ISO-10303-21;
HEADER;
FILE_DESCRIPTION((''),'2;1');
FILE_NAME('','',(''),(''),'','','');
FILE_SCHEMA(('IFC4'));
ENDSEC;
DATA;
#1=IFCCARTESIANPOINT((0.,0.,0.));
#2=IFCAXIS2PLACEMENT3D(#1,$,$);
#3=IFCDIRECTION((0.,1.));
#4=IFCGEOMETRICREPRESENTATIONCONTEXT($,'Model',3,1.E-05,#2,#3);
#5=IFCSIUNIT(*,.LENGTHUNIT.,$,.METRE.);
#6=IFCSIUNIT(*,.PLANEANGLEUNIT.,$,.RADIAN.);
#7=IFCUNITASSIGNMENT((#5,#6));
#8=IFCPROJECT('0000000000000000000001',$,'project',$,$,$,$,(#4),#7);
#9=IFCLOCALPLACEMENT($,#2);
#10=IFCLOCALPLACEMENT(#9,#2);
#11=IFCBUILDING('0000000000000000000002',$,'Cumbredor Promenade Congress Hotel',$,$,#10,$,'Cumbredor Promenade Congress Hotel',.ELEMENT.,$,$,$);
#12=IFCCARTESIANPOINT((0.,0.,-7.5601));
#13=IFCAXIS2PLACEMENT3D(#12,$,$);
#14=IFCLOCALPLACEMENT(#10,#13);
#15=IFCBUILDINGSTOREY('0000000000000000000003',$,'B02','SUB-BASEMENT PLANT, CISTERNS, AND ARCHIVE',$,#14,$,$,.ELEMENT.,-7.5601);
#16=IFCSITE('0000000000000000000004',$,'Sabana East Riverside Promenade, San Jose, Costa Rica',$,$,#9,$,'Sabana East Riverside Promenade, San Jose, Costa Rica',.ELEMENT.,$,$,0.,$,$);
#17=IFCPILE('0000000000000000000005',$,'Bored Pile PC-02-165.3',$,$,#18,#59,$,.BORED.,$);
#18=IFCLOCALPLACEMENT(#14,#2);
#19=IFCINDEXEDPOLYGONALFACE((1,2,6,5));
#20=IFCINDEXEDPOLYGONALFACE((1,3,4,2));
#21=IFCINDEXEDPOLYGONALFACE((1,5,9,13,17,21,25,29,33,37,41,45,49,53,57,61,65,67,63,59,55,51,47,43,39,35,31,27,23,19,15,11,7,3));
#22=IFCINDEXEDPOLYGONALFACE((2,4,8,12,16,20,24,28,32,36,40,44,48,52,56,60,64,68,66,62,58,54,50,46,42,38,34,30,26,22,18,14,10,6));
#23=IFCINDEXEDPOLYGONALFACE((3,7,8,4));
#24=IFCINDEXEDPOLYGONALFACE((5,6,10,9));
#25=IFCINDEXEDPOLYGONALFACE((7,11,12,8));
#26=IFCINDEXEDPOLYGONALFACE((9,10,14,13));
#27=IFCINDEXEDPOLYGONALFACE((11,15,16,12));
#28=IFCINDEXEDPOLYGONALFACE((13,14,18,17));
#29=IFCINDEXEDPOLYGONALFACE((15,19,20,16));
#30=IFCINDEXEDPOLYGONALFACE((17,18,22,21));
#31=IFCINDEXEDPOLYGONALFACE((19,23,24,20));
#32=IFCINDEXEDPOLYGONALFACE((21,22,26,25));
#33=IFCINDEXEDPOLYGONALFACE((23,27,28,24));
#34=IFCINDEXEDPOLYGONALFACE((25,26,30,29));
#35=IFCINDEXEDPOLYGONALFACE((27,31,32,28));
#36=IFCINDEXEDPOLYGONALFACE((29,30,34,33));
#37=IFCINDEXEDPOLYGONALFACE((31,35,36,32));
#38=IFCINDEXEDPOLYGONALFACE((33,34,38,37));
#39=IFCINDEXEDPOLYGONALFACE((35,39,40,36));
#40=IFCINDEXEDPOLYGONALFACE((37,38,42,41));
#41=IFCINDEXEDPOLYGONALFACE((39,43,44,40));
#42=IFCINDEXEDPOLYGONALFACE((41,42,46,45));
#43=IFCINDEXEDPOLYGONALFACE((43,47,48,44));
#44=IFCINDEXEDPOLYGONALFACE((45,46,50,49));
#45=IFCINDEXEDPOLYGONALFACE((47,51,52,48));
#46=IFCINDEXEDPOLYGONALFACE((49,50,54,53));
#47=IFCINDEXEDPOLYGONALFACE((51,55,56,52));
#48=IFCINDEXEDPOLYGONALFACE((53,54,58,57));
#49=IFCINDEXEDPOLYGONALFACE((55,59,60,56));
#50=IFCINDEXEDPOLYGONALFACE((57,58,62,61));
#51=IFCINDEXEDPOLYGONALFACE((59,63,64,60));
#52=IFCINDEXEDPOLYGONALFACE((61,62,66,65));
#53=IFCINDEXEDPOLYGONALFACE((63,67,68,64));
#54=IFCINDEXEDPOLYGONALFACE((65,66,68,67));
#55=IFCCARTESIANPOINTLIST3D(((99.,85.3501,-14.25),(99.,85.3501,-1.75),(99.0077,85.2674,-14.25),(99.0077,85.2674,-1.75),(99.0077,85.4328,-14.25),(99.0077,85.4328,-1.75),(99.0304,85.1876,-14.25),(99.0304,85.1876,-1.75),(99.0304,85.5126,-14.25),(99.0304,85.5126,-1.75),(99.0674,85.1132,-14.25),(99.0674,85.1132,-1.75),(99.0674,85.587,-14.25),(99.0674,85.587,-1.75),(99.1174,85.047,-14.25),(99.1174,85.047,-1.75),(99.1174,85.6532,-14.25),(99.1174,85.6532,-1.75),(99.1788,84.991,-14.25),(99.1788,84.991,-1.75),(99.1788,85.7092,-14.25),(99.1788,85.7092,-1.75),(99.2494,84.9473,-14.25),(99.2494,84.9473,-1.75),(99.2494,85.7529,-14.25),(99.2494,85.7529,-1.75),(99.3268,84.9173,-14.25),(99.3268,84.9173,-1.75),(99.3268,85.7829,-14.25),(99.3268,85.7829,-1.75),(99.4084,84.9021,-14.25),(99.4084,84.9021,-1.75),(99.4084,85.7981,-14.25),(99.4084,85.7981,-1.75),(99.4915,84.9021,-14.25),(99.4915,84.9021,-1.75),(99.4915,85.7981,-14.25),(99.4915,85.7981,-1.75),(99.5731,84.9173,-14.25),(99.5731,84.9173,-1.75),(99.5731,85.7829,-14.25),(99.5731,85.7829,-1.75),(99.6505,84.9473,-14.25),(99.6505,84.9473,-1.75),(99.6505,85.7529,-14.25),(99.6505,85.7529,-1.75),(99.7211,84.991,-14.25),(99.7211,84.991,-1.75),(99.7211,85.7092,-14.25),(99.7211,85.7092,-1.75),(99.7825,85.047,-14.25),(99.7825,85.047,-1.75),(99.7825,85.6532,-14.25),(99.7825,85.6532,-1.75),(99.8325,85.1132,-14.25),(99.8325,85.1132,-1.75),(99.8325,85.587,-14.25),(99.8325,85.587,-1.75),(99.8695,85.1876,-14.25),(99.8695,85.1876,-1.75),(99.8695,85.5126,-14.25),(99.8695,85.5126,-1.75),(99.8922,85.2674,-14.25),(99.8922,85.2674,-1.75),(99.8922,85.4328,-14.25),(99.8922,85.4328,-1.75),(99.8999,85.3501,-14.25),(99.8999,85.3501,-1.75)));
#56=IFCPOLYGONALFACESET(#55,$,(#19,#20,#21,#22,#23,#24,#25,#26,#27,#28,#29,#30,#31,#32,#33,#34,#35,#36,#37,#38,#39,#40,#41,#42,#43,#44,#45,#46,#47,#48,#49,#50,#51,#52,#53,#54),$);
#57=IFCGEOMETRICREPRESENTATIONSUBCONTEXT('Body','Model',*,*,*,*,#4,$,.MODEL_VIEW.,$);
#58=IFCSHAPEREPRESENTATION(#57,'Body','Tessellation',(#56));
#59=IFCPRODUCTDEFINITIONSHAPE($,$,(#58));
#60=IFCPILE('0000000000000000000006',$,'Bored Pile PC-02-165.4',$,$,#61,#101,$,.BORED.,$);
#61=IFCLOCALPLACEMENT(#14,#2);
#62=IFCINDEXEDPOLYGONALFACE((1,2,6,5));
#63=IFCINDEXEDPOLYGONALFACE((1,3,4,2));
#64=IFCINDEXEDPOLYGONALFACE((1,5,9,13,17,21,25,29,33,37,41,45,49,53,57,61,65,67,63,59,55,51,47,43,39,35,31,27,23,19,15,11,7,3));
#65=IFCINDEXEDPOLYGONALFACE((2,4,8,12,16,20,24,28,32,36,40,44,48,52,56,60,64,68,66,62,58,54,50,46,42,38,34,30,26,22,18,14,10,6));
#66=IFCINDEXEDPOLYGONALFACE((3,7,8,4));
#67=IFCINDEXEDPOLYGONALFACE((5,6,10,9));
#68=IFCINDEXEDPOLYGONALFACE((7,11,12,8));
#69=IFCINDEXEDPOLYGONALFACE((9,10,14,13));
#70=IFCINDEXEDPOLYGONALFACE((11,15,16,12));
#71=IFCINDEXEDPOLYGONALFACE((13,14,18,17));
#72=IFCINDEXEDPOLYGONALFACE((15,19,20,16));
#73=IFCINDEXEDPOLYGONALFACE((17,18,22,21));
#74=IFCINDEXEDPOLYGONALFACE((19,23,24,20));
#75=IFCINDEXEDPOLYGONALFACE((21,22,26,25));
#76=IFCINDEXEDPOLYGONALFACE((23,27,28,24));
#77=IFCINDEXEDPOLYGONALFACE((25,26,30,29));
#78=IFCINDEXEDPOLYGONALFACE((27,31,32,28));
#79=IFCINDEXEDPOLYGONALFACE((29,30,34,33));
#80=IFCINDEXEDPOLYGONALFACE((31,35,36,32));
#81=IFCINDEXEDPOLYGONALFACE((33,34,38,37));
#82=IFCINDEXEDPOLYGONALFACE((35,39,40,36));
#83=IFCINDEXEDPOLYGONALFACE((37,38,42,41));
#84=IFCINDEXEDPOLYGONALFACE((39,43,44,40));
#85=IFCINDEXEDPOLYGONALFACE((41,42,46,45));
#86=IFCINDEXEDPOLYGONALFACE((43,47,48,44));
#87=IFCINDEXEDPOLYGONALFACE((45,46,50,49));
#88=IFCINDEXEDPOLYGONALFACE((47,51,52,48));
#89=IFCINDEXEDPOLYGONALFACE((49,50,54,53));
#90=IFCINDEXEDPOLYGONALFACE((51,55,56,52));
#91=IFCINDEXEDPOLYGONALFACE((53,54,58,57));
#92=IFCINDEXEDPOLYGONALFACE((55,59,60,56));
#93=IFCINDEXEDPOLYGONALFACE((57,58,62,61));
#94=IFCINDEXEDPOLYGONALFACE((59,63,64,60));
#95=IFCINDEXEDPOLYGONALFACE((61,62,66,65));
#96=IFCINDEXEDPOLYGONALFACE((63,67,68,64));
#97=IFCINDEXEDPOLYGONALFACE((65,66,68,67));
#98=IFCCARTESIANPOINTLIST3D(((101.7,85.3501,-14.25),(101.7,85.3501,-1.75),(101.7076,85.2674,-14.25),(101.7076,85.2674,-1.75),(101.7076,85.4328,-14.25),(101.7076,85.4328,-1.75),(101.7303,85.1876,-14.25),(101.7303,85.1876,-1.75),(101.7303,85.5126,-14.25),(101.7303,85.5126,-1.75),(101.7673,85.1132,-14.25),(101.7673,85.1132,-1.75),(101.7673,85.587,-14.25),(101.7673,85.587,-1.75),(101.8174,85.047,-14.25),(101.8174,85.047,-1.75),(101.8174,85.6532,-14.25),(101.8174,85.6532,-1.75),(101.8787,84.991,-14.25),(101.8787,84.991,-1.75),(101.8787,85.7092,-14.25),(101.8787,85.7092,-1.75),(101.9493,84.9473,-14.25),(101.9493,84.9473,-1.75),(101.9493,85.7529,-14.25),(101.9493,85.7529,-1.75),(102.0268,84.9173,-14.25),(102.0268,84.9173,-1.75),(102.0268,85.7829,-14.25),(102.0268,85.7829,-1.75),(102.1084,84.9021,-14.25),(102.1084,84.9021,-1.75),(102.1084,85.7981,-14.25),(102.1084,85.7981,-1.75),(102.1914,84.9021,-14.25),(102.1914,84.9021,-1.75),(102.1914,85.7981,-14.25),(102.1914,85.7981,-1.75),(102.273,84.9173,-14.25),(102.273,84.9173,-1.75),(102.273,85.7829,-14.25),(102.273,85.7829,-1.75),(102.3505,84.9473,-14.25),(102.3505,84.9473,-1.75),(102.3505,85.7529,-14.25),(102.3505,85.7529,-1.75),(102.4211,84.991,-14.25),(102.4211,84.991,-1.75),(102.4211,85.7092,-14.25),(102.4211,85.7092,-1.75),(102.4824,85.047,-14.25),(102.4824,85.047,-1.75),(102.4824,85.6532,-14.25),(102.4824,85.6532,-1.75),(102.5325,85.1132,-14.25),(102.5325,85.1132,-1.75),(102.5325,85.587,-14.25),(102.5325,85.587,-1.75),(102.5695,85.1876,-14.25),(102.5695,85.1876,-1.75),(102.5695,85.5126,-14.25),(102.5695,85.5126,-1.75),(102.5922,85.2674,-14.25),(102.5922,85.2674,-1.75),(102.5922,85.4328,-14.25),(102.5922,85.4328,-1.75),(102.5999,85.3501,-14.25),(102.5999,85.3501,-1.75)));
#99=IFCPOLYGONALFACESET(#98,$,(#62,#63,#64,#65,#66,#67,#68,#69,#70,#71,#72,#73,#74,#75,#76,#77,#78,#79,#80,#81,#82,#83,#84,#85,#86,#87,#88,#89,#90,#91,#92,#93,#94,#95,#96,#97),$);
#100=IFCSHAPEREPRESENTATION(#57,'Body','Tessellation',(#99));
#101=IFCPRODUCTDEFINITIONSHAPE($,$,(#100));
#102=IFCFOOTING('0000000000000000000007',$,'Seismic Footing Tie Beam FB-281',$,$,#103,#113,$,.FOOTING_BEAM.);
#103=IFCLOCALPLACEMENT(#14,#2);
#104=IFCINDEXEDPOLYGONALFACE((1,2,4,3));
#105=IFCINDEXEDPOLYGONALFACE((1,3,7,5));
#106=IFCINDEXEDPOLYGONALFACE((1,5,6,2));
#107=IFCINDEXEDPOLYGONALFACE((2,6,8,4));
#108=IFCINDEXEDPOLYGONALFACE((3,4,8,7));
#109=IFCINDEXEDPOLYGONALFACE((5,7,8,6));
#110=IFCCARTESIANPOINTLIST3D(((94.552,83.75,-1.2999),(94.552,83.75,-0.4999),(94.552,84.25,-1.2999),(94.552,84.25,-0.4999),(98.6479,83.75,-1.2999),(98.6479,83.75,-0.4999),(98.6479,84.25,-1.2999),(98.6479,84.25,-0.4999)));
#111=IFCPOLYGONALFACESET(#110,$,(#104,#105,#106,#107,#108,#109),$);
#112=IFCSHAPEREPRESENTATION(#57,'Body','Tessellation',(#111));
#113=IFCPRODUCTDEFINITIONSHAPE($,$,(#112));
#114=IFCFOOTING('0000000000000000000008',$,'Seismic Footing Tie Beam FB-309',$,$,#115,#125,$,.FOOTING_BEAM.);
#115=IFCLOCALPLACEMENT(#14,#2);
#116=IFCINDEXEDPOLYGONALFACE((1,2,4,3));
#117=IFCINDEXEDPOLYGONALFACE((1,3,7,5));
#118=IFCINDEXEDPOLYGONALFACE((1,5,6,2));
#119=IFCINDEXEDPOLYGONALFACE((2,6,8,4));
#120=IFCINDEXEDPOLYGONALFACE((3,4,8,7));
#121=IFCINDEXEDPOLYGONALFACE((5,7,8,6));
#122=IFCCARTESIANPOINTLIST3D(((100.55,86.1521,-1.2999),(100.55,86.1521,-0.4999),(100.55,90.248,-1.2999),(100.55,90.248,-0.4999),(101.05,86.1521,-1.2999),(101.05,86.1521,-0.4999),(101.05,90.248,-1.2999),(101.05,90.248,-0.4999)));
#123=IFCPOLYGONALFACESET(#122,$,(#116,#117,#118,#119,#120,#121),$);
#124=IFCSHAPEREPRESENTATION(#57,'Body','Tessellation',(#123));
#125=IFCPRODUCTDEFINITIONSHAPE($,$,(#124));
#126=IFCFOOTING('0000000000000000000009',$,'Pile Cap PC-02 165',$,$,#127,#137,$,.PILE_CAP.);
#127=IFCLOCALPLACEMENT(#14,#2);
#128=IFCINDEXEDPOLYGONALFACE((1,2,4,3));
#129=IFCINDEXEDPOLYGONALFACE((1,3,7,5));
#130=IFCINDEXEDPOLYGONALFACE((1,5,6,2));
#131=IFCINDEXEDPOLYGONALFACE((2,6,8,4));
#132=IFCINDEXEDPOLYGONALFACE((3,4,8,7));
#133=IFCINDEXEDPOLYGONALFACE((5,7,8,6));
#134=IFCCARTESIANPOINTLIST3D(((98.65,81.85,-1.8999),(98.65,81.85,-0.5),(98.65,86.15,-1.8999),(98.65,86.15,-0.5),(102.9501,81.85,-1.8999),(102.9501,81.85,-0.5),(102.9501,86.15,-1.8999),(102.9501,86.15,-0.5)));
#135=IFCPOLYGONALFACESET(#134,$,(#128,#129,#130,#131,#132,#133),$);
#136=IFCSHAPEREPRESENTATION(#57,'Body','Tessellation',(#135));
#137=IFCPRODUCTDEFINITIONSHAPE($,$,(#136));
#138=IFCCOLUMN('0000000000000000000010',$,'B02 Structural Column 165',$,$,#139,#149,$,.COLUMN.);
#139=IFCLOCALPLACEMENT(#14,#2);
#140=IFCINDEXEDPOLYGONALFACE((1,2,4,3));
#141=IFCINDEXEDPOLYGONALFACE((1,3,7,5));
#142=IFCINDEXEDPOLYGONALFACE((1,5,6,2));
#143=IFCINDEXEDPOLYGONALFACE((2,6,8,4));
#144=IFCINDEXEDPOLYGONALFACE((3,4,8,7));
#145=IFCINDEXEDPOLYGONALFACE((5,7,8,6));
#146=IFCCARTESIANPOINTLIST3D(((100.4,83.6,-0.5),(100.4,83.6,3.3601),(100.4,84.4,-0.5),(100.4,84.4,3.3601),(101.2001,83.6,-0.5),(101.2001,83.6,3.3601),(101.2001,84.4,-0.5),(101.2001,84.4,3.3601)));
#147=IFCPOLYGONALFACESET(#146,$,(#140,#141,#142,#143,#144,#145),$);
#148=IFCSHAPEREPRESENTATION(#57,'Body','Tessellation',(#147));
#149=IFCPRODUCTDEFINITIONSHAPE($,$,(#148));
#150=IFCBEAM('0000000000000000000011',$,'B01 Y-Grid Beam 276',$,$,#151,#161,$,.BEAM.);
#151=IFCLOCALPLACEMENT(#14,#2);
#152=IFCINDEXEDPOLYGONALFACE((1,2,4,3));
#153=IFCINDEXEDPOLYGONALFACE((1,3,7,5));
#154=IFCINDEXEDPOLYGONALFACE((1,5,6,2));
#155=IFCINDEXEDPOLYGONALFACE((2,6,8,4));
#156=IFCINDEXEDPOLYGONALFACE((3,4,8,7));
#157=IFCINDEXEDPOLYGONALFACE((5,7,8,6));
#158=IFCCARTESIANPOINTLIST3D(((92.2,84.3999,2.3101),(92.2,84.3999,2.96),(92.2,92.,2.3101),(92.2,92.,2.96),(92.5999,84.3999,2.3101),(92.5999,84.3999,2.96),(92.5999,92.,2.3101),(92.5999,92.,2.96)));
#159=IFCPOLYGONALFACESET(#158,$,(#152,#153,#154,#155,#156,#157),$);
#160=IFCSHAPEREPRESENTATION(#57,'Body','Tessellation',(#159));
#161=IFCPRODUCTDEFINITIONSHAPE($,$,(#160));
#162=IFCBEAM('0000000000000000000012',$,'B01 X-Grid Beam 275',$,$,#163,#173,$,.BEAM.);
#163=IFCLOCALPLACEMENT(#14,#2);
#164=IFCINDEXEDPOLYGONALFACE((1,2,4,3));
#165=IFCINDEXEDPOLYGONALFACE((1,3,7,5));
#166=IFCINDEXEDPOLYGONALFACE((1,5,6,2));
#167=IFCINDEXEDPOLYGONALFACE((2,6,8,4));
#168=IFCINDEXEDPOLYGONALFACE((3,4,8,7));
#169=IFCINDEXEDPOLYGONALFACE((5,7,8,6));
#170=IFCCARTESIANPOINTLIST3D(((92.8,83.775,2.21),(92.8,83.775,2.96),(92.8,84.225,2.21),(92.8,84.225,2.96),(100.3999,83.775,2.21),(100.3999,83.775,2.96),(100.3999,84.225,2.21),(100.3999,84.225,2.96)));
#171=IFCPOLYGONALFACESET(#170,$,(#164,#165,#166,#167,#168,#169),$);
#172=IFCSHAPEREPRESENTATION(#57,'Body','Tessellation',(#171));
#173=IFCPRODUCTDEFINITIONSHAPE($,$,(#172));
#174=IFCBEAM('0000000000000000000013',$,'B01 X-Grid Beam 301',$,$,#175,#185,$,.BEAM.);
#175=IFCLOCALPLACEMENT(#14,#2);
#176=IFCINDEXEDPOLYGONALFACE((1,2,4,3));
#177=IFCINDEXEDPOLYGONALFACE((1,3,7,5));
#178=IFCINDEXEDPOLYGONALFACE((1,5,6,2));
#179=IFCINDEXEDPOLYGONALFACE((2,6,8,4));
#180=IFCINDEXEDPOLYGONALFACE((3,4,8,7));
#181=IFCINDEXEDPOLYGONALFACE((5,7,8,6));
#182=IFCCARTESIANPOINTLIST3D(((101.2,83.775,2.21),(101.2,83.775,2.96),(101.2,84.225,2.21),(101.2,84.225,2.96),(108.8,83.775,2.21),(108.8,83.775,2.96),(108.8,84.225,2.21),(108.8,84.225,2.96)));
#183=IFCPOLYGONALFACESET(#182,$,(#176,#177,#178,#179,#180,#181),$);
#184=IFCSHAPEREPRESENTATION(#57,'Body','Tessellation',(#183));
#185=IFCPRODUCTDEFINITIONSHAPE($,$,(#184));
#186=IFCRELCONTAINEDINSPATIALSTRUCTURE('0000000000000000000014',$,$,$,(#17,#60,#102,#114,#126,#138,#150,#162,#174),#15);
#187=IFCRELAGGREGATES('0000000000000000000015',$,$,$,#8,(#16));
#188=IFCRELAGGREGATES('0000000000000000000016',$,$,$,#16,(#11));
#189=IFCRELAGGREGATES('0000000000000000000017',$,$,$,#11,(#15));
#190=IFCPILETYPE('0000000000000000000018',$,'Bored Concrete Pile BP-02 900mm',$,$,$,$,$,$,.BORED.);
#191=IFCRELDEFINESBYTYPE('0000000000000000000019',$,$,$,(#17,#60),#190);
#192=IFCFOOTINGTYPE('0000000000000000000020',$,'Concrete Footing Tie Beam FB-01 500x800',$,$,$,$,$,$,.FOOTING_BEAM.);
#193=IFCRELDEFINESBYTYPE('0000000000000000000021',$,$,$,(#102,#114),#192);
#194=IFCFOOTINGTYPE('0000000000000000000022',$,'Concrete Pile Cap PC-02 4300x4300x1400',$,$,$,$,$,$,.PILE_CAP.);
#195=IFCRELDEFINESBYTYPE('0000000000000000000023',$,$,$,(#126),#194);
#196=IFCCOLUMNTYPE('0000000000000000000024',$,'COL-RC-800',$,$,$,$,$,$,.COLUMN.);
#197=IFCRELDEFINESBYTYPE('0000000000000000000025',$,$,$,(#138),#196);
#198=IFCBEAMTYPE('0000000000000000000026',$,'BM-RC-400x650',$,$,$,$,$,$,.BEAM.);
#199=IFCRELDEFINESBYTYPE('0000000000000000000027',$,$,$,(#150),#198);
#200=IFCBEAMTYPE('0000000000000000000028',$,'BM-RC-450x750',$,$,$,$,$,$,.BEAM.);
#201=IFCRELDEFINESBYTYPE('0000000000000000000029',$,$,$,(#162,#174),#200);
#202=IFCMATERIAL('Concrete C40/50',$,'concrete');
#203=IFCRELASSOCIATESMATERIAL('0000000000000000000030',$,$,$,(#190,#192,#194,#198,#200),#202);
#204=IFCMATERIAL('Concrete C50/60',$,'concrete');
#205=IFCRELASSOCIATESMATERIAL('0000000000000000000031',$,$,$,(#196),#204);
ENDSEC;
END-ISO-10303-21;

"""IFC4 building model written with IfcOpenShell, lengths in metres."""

from ifc_helpers import new_model, si_unit, direction, frame, origin, origin_2d, place, context, subcontext, project, spatial, rectangle, circle, extrude, material, material_profile, profile_set, type_object, element, save


model = new_model("IFC4")

# Units and contexts
model_context = context("Model", 3, precision=1e-05, world=origin(), true_north=direction((0.0, 1.0)))
body_context = subcontext(model_context, "Body", "Model", "MODEL_VIEW")
ifc_project = project(units=[si_unit("LENGTHUNIT", "METRE"), si_unit("PLANEANGLEUNIT", "RADIAN")], contexts=[model_context])

# Site, building, storey
site_placement = place(None, origin())
site = spatial("IfcSite", under=ifc_project, at=site_placement, Name="Sabana East Riverside Promenade, San Jose, Costa Rica", LongName="Sabana East Riverside Promenade, San Jose, Costa Rica", CompositionType="ELEMENT", RefElevation=0.0)
building_placement = place(site_placement, origin())
building = spatial("IfcBuilding", under=site, at=building_placement, Name="Cumbredor Promenade Congress Hotel", LongName="Cumbredor Promenade Congress Hotel", CompositionType="ELEMENT")
storey_placement = place(building_placement, frame((0.0, 0.0, -7.5601)))
storey = spatial("IfcBuildingStorey", under=building, at=storey_placement, Name="B02", Description="SUB-BASEMENT PLANT, CISTERNS, AND ARCHIVE", CompositionType="ELEMENT", Elevation=-7.5601)

# Piles
ifc_material_1 = material(Name="Concrete C40/50", Category="concrete")
ifc_material_profile_1 = material_profile(ifc_material_1, circle(Radius=0.45, at=origin_2d()), Name="PILE D900")
ifc_profile_set_1 = profile_set([ifc_material_profile_1], Name="Concrete C40/50")
pile_type = type_object("IfcPileType", Name="Bored Concrete Pile BP-02 900mm", PredefinedType="BORED", material=ifc_profile_set_1)
for number, where, z_axis, x_axis, name in (
    (1, (99.45, 85.3501, -1.75), (0.0, 0.0, -1.0), (1.0, 0.0, 0.0), "Bored Pile PC-02-165.3"),
    (2, (102.1499, 85.3501, -1.75), (0.0, 0.0, -1.0), (1.0, 0.0, 0.0), "Bored Pile PC-02-165.4"),
):
    element("IfcPile", number, at=place(storey_placement, frame(where, z_axis=z_axis, x_axis=x_axis)), inside=storey, type_object=pile_type, Name=name, PredefinedType="BORED", context=body_context, shape_type="SweptSolid", body=[
        extrude(circle(Radius=0.45, at=origin_2d()), origin(), (0.0, 0.0, 1.0), 12.5),
    ])

# Footings
ifc_material_profile_2 = material_profile(ifc_material_1, rectangle(XDim=0.5, YDim=0.8, at=origin_2d()), Name="FB 500x800")
ifc_profile_set_2 = profile_set([ifc_material_profile_2], Name="Concrete C40/50")
footing_type_1 = type_object("IfcFootingType", Name="Concrete Footing Tie Beam FB-01 500x800", PredefinedType="FOOTING_BEAM", material=ifc_profile_set_2)
for number, where, z_axis, x_axis, name in (
    (3, (94.552, 84.0, -0.8999), (1.0, 0.0, 0.0), (0.0, 1.0, 0.0), "Seismic Footing Tie Beam FB-281"),
    (4, (100.8, 86.1521, -0.8999), (0.0, 1.0, 0.0), (-1.0, 0.0, 0.0), "Seismic Footing Tie Beam FB-309"),
):
    element("IfcFooting", number, at=place(storey_placement, frame(where, z_axis=z_axis, x_axis=x_axis)), inside=storey, type_object=footing_type_1, Name=name, PredefinedType="FOOTING_BEAM", context=body_context, shape_type="SweptSolid", body=[
        extrude(rectangle(XDim=0.5, YDim=0.8, at=origin_2d()), origin(), (0.0, 0.0, 1.0), 4.0959),
    ])
footing_type_2 = type_object("IfcFootingType", Name="Concrete Pile Cap PC-02 4300x4300x1400", PredefinedType="PILE_CAP", material=ifc_material_1)
footing_placement = place(storey_placement, frame((100.8, 84.0, -1.8999), z_axis=(0.0, 0.0, 1.0), x_axis=(1.0, 0.0, 0.0)))
element("IfcFooting", 5, at=footing_placement, inside=storey, type_object=footing_type_2, Name="Pile Cap PC-02 165", PredefinedType="PILE_CAP", context=body_context, shape_type="SweptSolid", body=[
    extrude(rectangle(XDim=4.3, YDim=4.3, at=origin_2d()), origin(), (0.0, 0.0, 1.0), 1.3999),
])

# Column
ifc_material_2 = material(Name="Concrete C50/60", Category="concrete")
ifc_material_profile_3 = material_profile(ifc_material_2, rectangle(XDim=0.8, YDim=0.8, at=origin_2d()), Name="RC 800x800")
ifc_profile_set_3 = profile_set([ifc_material_profile_3], Name="Concrete C50/60")
column_type = type_object("IfcColumnType", Name="COL-RC-800", PredefinedType="COLUMN", material=ifc_profile_set_3)
column_placement = place(storey_placement, frame((100.8, 84.0, -0.5), z_axis=(0.0, 0.0, 1.0), x_axis=(1.0, 0.0, 0.0)))
element("IfcColumn", 6, at=column_placement, inside=storey, type_object=column_type, Name="B02 Structural Column 165", PredefinedType="COLUMN", context=body_context, shape_type="SweptSolid", body=[
    extrude(rectangle(XDim=0.8, YDim=0.8, at=origin_2d()), origin(), (0.0, 0.0, 1.0), 3.8601),
])

# Beams
ifc_material_profile_4 = material_profile(ifc_material_1, rectangle(XDim=0.3999, YDim=0.6499, at=origin_2d()), Name="RC BEAM 400x650")
ifc_profile_set_4 = profile_set([ifc_material_profile_4], Name="Concrete C40/50")
beam_type_1 = type_object("IfcBeamType", Name="BM-RC-400x650", PredefinedType="BEAM", material=ifc_profile_set_4)
beam_1_placement = place(storey_placement, frame((92.3999, 84.3999, 2.635), z_axis=(0.0, 1.0, 0.0), x_axis=(-1.0, 0.0, 0.0)))
element("IfcBeam", 7, at=beam_1_placement, inside=storey, type_object=beam_type_1, Name="B01 Y-Grid Beam 276", PredefinedType="BEAM", context=body_context, shape_type="SweptSolid", body=[
    extrude(rectangle(XDim=0.3999, YDim=0.6499, at=origin_2d()), origin(), (0.0, 0.0, 1.0), 7.6001),
])
ifc_material_profile_5 = material_profile(ifc_material_1, rectangle(XDim=0.45, YDim=0.75, at=origin_2d()), Name="RC BEAM 450x750")
ifc_profile_set_5 = profile_set([ifc_material_profile_5], Name="Concrete C40/50")
beam_type_2 = type_object("IfcBeamType", Name="BM-RC-450x750", PredefinedType="BEAM", material=ifc_profile_set_5)
beam_2_placement = place(storey_placement, frame((92.8, 84.0, 2.585), z_axis=(1.0, 0.0, 0.0), x_axis=(0.0, 1.0, 0.0)))
element("IfcBeam", 8, at=beam_2_placement, inside=storey, type_object=beam_type_2, Name="B01 X-Grid Beam 275", PredefinedType="BEAM", context=body_context, shape_type="SweptSolid", body=[
    extrude(rectangle(XDim=0.45, YDim=0.75, at=origin_2d()), origin(), (0.0, 0.0, 1.0), 7.5999),
])
beam_3_placement = place(storey_placement, frame((101.2, 84.0, 2.585), z_axis=(1.0, 0.0, 0.0), x_axis=(0.0, 1.0, 0.0)))
element("IfcBeam", 9, at=beam_3_placement, inside=storey, type_object=beam_type_2, Name="B01 X-Grid Beam 301", PredefinedType="BEAM", context=body_context, shape_type="SweptSolid", body=[
    extrude(rectangle(XDim=0.45, YDim=0.75, at=origin_2d()), origin(), (0.0, 0.0, 1.0), 7.6001),
])

save(model, "model.ifc")
